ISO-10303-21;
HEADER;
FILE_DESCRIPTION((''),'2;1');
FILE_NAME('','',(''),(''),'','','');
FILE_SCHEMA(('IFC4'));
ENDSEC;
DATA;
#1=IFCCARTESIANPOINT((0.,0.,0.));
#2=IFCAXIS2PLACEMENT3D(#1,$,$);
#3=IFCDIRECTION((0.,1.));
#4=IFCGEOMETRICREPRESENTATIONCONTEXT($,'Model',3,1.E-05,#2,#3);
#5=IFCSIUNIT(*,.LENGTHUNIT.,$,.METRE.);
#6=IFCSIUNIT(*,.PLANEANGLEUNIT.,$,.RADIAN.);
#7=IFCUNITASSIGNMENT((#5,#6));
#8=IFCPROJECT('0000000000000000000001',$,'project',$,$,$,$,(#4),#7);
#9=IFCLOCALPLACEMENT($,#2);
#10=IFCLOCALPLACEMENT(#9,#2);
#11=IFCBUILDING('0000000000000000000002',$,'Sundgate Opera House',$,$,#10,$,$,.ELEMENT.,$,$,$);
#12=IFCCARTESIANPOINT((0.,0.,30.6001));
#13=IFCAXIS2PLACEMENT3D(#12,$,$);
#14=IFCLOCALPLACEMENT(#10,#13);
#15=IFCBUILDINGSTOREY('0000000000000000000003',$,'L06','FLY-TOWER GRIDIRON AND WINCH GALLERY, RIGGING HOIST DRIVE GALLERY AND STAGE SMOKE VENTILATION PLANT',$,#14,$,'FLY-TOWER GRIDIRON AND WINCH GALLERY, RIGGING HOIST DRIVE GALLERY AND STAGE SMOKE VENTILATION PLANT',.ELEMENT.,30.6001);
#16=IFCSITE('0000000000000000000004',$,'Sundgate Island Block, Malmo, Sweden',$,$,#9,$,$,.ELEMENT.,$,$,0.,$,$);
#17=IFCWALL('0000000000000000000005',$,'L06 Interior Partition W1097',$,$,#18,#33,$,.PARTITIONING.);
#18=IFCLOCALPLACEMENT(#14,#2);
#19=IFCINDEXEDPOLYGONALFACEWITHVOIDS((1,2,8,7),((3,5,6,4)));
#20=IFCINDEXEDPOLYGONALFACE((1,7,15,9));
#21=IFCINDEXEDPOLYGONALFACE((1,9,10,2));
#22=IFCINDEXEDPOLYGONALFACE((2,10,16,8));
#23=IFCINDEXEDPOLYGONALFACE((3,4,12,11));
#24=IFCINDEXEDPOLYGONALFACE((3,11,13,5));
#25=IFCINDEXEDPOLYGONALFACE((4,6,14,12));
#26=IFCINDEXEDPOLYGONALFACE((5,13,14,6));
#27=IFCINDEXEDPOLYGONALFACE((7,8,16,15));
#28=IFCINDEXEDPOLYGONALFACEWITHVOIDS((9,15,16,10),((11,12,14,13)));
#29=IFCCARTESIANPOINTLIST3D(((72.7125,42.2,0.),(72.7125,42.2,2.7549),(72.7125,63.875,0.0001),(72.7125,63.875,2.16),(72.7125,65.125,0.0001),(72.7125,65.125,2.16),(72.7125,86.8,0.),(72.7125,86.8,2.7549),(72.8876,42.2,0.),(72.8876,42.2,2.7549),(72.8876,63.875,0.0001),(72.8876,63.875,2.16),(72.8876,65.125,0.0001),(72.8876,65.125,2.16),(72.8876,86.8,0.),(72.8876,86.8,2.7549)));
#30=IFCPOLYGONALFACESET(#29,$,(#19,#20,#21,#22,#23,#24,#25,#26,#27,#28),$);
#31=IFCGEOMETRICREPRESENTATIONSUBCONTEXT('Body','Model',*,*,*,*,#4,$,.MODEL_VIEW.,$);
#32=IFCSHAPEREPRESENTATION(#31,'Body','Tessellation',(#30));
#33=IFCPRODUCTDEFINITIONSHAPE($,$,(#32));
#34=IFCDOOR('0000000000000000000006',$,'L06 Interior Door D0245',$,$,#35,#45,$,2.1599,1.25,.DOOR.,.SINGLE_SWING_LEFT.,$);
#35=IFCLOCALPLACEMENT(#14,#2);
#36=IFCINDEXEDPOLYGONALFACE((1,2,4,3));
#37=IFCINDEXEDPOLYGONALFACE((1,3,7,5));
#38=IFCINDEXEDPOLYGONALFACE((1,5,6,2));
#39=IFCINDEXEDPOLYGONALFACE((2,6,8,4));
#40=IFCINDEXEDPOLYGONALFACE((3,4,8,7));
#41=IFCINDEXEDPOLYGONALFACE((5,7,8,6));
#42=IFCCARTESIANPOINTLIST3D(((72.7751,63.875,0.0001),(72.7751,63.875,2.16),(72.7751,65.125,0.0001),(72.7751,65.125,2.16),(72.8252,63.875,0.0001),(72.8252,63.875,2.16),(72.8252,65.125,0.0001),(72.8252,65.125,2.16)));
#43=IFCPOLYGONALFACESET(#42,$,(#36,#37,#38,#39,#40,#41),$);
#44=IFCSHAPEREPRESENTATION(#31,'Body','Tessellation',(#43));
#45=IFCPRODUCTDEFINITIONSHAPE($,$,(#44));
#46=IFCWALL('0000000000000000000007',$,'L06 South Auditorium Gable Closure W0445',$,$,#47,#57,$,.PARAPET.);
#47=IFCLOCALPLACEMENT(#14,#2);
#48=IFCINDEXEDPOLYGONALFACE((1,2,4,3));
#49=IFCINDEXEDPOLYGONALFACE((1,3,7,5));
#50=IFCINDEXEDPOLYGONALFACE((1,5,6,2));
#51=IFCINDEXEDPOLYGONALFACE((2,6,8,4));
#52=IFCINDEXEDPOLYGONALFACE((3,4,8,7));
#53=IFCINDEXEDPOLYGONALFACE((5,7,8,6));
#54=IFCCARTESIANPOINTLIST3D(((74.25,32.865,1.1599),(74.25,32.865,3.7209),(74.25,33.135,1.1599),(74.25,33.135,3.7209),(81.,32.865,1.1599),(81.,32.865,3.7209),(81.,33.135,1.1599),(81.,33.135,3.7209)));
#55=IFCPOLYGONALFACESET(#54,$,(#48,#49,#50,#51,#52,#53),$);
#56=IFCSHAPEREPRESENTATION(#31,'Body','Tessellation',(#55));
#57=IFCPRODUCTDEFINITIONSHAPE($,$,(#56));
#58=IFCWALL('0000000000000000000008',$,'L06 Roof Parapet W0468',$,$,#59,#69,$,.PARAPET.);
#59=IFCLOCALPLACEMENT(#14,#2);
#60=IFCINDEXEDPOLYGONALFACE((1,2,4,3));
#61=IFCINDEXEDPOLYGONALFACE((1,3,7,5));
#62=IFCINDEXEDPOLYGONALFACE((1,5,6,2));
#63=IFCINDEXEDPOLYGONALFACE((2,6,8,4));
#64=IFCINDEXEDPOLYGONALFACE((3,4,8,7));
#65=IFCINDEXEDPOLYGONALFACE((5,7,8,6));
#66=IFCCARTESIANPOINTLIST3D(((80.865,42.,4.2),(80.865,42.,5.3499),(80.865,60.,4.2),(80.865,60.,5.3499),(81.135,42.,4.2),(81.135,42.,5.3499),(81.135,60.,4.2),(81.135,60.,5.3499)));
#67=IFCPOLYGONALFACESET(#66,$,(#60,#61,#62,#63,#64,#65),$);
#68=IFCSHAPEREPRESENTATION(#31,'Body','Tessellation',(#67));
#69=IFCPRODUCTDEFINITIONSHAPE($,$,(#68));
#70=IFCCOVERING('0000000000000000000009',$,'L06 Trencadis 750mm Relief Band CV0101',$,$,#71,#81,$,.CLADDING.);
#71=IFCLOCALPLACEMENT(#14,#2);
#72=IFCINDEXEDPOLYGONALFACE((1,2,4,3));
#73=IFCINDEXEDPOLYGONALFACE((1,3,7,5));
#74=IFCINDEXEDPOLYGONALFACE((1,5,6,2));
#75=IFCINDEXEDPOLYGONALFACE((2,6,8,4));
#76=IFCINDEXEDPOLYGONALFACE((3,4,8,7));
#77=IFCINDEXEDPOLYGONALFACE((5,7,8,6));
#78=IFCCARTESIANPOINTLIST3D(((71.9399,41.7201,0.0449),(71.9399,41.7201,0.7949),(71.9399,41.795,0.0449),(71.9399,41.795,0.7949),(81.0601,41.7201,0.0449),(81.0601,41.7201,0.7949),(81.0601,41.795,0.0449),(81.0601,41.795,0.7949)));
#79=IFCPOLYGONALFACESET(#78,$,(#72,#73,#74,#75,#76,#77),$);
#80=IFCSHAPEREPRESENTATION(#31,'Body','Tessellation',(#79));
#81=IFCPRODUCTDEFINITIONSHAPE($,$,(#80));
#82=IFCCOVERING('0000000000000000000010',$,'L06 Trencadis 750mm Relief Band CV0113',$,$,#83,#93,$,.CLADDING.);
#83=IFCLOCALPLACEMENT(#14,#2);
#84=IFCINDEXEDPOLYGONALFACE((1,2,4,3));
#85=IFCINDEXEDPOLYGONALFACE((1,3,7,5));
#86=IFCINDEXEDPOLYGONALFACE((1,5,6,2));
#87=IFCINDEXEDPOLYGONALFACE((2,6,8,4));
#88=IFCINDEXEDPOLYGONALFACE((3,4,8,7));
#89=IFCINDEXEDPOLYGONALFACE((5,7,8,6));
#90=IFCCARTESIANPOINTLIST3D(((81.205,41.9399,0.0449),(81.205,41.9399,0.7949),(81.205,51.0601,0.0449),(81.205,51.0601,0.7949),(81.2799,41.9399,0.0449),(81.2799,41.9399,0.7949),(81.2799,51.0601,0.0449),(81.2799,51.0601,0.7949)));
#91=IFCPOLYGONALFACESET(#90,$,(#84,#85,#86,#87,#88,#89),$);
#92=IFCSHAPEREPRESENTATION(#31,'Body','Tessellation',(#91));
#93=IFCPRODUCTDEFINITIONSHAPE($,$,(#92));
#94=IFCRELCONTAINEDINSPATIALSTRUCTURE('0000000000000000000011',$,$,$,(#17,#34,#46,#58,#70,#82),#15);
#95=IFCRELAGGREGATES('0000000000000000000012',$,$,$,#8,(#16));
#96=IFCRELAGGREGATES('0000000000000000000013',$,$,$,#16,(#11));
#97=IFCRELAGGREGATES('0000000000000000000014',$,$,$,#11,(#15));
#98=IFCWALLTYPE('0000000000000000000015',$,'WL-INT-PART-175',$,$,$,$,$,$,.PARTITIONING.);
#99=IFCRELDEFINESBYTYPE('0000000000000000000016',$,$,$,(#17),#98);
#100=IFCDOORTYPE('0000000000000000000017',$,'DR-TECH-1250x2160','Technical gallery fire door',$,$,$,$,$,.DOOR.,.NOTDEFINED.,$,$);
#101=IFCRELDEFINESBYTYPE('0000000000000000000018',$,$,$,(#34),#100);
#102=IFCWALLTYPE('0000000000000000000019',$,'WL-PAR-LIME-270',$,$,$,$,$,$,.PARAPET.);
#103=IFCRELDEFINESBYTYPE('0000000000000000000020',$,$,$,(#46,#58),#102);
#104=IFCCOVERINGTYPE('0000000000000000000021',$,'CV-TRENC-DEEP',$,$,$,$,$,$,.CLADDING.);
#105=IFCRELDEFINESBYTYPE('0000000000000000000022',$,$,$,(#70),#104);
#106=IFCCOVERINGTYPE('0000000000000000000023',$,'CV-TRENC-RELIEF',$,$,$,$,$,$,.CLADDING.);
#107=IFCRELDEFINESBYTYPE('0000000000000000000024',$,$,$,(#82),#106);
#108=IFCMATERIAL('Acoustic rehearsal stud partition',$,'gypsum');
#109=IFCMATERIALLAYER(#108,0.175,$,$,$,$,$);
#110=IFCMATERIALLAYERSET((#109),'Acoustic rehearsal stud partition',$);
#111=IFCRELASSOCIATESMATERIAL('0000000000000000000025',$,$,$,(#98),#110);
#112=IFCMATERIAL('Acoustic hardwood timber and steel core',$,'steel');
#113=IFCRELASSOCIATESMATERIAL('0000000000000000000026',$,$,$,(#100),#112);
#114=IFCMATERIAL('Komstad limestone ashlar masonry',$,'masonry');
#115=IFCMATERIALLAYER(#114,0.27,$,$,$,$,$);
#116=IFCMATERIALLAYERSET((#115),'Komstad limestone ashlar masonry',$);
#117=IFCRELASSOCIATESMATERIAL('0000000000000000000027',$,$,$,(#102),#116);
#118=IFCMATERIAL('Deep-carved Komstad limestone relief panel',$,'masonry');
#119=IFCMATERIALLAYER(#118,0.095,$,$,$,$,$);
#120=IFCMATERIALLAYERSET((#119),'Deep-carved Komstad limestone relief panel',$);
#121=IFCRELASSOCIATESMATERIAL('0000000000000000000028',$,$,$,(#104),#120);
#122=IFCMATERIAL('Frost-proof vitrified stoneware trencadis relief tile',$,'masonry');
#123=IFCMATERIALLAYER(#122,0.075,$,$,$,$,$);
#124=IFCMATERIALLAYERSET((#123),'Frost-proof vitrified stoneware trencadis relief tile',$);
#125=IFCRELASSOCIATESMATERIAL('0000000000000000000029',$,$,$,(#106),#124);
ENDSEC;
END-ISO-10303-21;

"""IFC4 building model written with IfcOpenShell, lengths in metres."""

from ifc_helpers import new_model, si_unit, direction, frame, frame_2d, origin, origin_2d, place, context, subcontext, project, spatial, rectangle, extrude, material, layer, layer_set, type_object, element, fill, save


model = new_model("IFC4")

# Units and contexts
model_context = context("Model", 3, precision=1e-05, world=origin(), true_north=direction((0.0, 1.0)))
body_context = subcontext(model_context, "Body", "Model", "MODEL_VIEW")
ifc_project = project(units=[si_unit("LENGTHUNIT", "METRE"), si_unit("PLANEANGLEUNIT", "RADIAN")], contexts=[model_context])

# Site, building, storey
site_placement = place(None, origin())
site = spatial("IfcSite", under=ifc_project, at=site_placement, Name="Sundgate Island Block, Malmo, Sweden", CompositionType="ELEMENT", RefElevation=0.0)
building_placement = place(site_placement, origin())
building = spatial("IfcBuilding", under=site, at=building_placement, Name="Sundgate Opera House", CompositionType="ELEMENT")
storey_placement = place(building_placement, frame((0.0, 0.0, 30.6001)))
storey = spatial("IfcBuildingStorey", under=building, at=storey_placement, Name="L06", Description="FLY-TOWER GRIDIRON AND WINCH GALLERY, RIGGING HOIST DRIVE GALLERY AND STAGE SMOKE VENTILATION PLANT", LongName="FLY-TOWER GRIDIRON AND WINCH GALLERY, RIGGING HOIST DRIVE GALLERY AND STAGE SMOKE VENTILATION PLANT", CompositionType="ELEMENT", Elevation=30.6001)

# Wall, opening, door
ifc_material_1 = material(Name="Acoustic rehearsal stud partition", Category="gypsum")
ifc_layer_1 = layer(ifc_material_1, 0.175)
ifc_layer_set_1 = layer_set([ifc_layer_1], Name="Acoustic rehearsal stud partition")
wall_type_1 = type_object("IfcWallType", Name="WL-INT-PART-175", PredefinedType="PARTITIONING", material=ifc_layer_set_1)
wall_1_placement = place(storey_placement, frame((72.8, 42.2, 0.0), z_axis=(0.0, 0.0, 1.0), x_axis=(0.0, 1.0, 0.0)))
wall_1 = element("IfcWall", 1, at=wall_1_placement, inside=storey, type_object=wall_type_1, Name="L06 Interior Partition W1097", PredefinedType="PARTITIONING", context=body_context, shape_type="SweptSolid", body=[
    extrude(rectangle(XDim=44.6001, YDim=0.175, at=frame_2d((22.3, 0.0))), origin(), (0.0, 0.0, 1.0), 2.7549),
])
opening_placement = place(wall_1_placement, frame((21.675, 0.0, 0.0)))
opening = element("IfcOpeningElement", 2, at=opening_placement, cuts=wall_1, PredefinedType="OPENING", context=body_context, shape_type="SweptSolid", body=[
    extrude(rectangle(XDim=1.25, YDim=2.1599, at=frame_2d((0.625, 1.0801))), frame((0.0, 0.0974, 0.0), z_axis=(0.0, -1.0, 0.0), x_axis=(1.0, 0.0, 0.0)), (0.0, 0.0, 1.0), 0.1951),
])
ifc_material_2 = material(Name="Acoustic hardwood timber and steel core", Category="steel")
door_type = type_object("IfcDoorType", Name="DR-TECH-1250x2160", Description="Technical gallery fire door", OperationType="NOTDEFINED", PredefinedType="DOOR", material=ifc_material_2)
door_placement = place(opening_placement, origin())
door = element("IfcDoor", 3, at=door_placement, inside=storey, type_object=door_type, Name="L06 Interior Door D0245", OperationType="SINGLE_SWING_LEFT", OverallHeight=2.1599, OverallWidth=1.25, PredefinedType="DOOR", context=body_context, shape_type="SweptSolid", body=[
    extrude(rectangle(XDim=1.25, YDim=2.1599, at=frame_2d((0.625, 1.0801))), frame((0.0, 0.0249, 0.0), z_axis=(0.0, -1.0, 0.0), x_axis=(1.0, 0.0, 0.0)), (0.0, 0.0, 1.0), 0.05),
])
fill(opening, door)

# Walls
ifc_material_3 = material(Name="Komstad limestone ashlar masonry", Category="masonry")
ifc_layer_2 = layer(ifc_material_3, 0.27)
ifc_layer_set_2 = layer_set([ifc_layer_2], Name="Komstad limestone ashlar masonry")
wall_type_2 = type_object("IfcWallType", Name="WL-PAR-LIME-270", PredefinedType="PARAPET", material=ifc_layer_set_2)
wall_2_placement = place(storey_placement, frame((74.25, 33.0, 1.1599), z_axis=(0.0, 0.0, 1.0), x_axis=(1.0, 0.0, 0.0)))
element("IfcWall", 4, at=wall_2_placement, inside=storey, type_object=wall_type_2, Name="L06 South Auditorium Gable Closure W0445", PredefinedType="PARAPET", context=body_context, shape_type="SweptSolid", body=[
    extrude(rectangle(XDim=6.75, YDim=0.27, at=frame_2d((3.375, 0.0))), origin(), (0.0, 0.0, 1.0), 2.561),
])
wall_3_placement = place(storey_placement, frame((81.0, 42.0, 4.2), z_axis=(0.0, 0.0, 1.0), x_axis=(0.0, 1.0, 0.0)))
element("IfcWall", 5, at=wall_3_placement, inside=storey, type_object=wall_type_2, Name="L06 Roof Parapet W0468", PredefinedType="PARAPET", context=body_context, shape_type="SweptSolid", body=[
    extrude(rectangle(XDim=18.0, YDim=0.27, at=frame_2d((9.0, 0.0))), origin(), (0.0, 0.0, 1.0), 1.1499),
])

# Coverings
ifc_material_4 = material(Name="Deep-carved Komstad limestone relief panel", Category="masonry")
ifc_layer_3 = layer(ifc_material_4, 0.095)
ifc_layer_set_3 = layer_set([ifc_layer_3], Name="Deep-carved Komstad limestone relief panel")
covering_type_1 = type_object("IfcCoveringType", Name="CV-TRENC-DEEP", PredefinedType="CLADDING", material=ifc_layer_set_3)
covering_1_placement = place(storey_placement, frame((76.5, 41.7576, 0.0449), z_axis=(0.0, 0.0, 1.0), x_axis=(1.0, 0.0, 0.0)))
element("IfcCovering", 6, at=covering_1_placement, inside=storey, type_object=covering_type_1, Name="L06 Trencadis 750mm Relief Band CV0101", PredefinedType="CLADDING", context=body_context, shape_type="SweptSolid", body=[
    extrude(rectangle(XDim=9.1201, YDim=0.075, at=origin_2d()), origin(), (0.0, 0.0, 1.0), 0.75),
])
ifc_material_5 = material(Name="Frost-proof vitrified stoneware trencadis relief tile", Category="masonry")
ifc_layer_4 = layer(ifc_material_5, 0.075)
ifc_layer_set_4 = layer_set([ifc_layer_4], Name="Frost-proof vitrified stoneware trencadis relief tile")
covering_type_2 = type_object("IfcCoveringType", Name="CV-TRENC-RELIEF", PredefinedType="CLADDING", material=ifc_layer_set_4)
covering_2_placement = place(storey_placement, frame((81.2424, 46.5, 0.0449), z_axis=(0.0, 0.0, 1.0), x_axis=(0.0, 1.0, 0.0)))
element("IfcCovering", 7, at=covering_2_placement, inside=storey, type_object=covering_type_2, Name="L06 Trencadis 750mm Relief Band CV0113", PredefinedType="CLADDING", context=body_context, shape_type="SweptSolid", body=[
    extrude(rectangle(XDim=9.1201, YDim=0.075, at=origin_2d()), origin(), (0.0, 0.0, 1.0), 0.75),
])

save(model, "model.ifc")
